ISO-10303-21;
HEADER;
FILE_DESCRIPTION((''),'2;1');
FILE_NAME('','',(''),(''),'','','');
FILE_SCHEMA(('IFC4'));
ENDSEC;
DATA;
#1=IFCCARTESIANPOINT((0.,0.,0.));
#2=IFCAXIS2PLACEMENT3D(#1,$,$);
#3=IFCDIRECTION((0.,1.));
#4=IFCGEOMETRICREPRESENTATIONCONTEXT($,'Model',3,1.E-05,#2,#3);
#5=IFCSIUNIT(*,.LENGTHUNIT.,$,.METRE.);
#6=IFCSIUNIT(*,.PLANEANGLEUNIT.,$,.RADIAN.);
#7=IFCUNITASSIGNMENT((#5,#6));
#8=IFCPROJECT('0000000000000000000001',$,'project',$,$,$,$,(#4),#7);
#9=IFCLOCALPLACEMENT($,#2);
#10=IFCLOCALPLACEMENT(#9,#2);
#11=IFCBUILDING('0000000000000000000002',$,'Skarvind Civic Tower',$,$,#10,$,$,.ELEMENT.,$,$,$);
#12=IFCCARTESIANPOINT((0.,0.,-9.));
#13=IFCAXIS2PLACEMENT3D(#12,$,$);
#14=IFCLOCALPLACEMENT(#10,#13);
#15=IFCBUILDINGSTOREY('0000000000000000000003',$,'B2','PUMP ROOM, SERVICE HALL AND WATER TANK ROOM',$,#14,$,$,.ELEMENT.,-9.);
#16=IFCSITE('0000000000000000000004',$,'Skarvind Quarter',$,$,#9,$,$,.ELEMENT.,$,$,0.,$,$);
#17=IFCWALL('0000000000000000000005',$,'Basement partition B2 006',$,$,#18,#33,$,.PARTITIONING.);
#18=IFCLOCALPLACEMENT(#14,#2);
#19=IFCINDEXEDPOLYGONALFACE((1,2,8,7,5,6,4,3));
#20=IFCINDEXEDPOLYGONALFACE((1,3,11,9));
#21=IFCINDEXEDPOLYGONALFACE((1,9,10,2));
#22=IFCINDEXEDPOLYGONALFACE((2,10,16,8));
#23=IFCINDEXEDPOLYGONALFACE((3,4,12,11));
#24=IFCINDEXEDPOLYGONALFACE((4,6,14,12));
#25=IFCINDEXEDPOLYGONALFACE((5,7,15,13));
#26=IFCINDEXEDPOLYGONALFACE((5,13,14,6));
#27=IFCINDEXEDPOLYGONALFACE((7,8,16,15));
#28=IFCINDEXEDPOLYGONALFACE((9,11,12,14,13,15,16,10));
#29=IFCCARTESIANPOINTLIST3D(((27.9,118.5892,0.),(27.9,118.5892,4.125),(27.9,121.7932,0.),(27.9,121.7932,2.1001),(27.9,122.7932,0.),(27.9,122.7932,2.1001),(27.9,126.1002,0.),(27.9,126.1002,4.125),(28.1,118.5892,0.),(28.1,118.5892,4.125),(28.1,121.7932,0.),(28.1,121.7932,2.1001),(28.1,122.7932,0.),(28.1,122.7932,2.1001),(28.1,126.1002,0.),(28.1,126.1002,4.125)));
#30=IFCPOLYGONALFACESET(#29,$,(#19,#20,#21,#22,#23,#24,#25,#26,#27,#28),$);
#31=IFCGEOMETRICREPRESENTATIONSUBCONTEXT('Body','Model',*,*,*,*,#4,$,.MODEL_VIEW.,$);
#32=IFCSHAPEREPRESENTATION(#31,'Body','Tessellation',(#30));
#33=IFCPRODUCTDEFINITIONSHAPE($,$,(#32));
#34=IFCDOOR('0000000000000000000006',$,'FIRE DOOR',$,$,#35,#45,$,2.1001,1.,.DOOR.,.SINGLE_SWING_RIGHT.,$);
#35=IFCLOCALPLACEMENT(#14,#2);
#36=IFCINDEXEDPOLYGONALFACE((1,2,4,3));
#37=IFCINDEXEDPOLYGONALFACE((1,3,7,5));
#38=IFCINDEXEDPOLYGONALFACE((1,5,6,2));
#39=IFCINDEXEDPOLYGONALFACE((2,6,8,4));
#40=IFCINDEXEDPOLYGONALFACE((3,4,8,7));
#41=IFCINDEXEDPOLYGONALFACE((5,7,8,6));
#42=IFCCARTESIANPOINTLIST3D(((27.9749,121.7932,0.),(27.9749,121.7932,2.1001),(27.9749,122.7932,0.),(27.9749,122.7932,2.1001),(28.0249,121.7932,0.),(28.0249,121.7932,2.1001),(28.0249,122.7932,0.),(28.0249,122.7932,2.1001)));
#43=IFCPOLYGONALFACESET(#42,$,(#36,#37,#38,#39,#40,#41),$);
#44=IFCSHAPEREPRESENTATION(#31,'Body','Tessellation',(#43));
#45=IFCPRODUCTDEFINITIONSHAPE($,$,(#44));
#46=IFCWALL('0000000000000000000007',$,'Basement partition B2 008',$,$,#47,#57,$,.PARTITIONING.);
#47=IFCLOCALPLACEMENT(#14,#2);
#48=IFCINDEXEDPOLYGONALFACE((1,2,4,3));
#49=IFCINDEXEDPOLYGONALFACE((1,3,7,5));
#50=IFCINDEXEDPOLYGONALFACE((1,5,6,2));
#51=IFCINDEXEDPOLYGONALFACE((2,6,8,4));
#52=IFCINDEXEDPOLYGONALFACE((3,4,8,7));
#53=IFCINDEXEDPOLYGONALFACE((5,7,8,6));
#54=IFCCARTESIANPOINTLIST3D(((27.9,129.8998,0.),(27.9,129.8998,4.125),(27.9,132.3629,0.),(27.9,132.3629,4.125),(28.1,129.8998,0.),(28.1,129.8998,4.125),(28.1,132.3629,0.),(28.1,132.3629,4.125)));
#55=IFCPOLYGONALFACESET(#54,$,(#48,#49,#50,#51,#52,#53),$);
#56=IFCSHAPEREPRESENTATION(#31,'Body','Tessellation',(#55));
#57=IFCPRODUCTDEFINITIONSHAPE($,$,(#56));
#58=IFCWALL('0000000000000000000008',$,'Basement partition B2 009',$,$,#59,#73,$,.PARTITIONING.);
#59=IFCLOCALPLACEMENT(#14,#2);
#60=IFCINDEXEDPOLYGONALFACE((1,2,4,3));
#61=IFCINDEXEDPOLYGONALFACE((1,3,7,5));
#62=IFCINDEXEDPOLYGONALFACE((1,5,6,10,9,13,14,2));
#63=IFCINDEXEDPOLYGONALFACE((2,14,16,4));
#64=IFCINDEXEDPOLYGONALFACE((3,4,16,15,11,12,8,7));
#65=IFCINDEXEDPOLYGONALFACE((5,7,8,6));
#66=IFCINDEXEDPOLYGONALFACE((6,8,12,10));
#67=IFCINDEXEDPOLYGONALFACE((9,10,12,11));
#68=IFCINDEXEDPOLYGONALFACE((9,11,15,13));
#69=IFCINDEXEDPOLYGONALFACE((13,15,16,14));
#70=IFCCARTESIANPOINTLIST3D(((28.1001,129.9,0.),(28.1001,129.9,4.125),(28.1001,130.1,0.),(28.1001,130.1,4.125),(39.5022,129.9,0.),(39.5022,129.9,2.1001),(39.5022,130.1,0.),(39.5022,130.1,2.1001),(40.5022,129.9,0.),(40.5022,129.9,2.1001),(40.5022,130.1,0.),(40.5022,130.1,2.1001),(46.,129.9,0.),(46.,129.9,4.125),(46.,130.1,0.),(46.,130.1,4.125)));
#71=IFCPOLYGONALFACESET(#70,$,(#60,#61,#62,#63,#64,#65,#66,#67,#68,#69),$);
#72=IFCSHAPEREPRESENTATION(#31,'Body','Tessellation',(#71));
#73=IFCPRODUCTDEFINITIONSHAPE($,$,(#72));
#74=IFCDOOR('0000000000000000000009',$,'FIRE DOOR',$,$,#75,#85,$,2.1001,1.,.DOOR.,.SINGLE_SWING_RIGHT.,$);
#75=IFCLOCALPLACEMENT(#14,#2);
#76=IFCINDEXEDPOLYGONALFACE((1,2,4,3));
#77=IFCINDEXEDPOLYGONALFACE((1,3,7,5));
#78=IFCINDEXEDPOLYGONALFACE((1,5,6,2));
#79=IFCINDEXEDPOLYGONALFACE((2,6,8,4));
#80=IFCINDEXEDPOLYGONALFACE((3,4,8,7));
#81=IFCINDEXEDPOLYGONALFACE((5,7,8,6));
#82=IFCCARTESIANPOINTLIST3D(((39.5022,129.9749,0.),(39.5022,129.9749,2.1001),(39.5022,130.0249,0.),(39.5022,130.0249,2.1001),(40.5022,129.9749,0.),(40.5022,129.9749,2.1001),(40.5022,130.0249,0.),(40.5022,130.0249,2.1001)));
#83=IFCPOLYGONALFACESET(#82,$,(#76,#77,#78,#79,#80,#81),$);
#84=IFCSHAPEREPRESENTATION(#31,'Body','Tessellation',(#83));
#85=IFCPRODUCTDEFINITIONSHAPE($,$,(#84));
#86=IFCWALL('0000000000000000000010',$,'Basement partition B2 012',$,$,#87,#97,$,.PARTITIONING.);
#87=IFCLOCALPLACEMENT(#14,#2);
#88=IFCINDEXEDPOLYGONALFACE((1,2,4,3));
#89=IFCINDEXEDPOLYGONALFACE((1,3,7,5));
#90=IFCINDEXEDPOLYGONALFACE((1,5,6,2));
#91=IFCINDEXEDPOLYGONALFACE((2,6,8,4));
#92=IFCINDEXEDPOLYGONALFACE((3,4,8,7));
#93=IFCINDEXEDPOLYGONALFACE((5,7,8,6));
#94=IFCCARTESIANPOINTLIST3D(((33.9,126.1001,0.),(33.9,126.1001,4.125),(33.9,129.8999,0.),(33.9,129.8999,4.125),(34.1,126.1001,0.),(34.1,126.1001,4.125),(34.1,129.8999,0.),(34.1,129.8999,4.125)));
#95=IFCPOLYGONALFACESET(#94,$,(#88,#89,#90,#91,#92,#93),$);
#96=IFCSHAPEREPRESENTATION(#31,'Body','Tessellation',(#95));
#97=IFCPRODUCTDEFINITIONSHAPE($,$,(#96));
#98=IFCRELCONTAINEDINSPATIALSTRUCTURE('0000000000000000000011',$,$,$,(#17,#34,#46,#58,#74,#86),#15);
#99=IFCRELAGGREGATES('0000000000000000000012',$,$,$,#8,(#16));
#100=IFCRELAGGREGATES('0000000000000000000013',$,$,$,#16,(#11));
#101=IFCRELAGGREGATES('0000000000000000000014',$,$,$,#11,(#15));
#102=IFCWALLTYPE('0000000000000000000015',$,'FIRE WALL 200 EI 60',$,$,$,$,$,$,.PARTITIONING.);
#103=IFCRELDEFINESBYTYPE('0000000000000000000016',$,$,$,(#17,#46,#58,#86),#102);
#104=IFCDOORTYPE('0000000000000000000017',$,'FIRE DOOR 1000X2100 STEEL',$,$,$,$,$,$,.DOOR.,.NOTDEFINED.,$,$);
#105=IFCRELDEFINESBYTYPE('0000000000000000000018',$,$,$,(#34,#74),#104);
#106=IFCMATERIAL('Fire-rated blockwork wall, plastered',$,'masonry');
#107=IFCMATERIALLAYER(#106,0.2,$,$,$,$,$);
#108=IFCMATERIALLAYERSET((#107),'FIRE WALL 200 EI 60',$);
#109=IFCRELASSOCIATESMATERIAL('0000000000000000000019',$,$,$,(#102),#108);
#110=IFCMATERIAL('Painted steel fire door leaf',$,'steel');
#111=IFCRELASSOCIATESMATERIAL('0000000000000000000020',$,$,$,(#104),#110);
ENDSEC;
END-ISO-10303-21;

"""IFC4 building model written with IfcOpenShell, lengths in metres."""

from ifc_helpers import new_model, si_unit, direction, frame, frame_2d, origin, place, context, subcontext, project, spatial, rectangle, extrude, material, layer, layer_set, type_object, element, fill, save


model = new_model("IFC4")

# Units and contexts
model_context = context("Model", 3, precision=1e-05, world=origin(), true_north=direction((0.0, 1.0)))
body_context = subcontext(model_context, "Body", "Model", "MODEL_VIEW")
ifc_project = project(units=[si_unit("LENGTHUNIT", "METRE"), si_unit("PLANEANGLEUNIT", "RADIAN")], contexts=[model_context])

# Site, building, storey
site_placement = place(None, origin())
site = spatial("IfcSite", under=ifc_project, at=site_placement, Name="Skarvind Quarter", CompositionType="ELEMENT", RefElevation=0.0)
building_placement = place(site_placement, origin())
building = spatial("IfcBuilding", under=site, at=building_placement, Name="Skarvind Civic Tower", CompositionType="ELEMENT")
storey_placement = place(building_placement, frame((0.0, 0.0, -9.0)))
storey = spatial("IfcBuildingStorey", under=building, at=storey_placement, Name="B2", Description="PUMP ROOM, SERVICE HALL AND WATER TANK ROOM", CompositionType="ELEMENT", Elevation=-9.0)

# Wall, opening, door
ifc_material_1 = material(Name="Fire-rated blockwork wall, plastered", Category="masonry")
ifc_layer_1 = layer(ifc_material_1, 0.2)
ifc_layer_set_1 = layer_set([ifc_layer_1], Name="FIRE WALL 200 EI 60")
wall_type_1 = type_object("IfcWallType", Name="FIRE WALL 200 EI 60", PredefinedType="PARTITIONING", material=ifc_layer_set_1)
wall_1_placement = place(storey_placement, frame((28.0, 126.1001, 0.0), z_axis=(0.0, 0.0, 1.0), x_axis=(0.0, -1.0, 0.0)))
wall_1 = element("IfcWall", 1, at=wall_1_placement, inside=storey, type_object=wall_type_1, Name="Basement partition B2 006", PredefinedType="PARTITIONING", context=body_context, shape_type="SweptSolid", body=[
    extrude(rectangle(XDim=7.511, YDim=0.2, at=frame_2d((3.7554, 0.0))), origin(), (0.0, 0.0, 1.0), 4.125),
])
opening_1_placement = place(wall_1_placement, frame((3.3069, 0.0, 0.0)))
opening_1 = element("IfcOpeningElement", 2, at=opening_1_placement, cuts=wall_1, PredefinedType="OPENING", context=body_context, shape_type="SweptSolid", body=[
    extrude(rectangle(XDim=1.0, YDim=2.1001, at=frame_2d((0.5, 1.05))), frame((0.0, 0.1099, 0.0), z_axis=(0.0, -1.0, 0.0), x_axis=(1.0, 0.0, 0.0)), (0.0, 0.0, 1.0), 0.22),
])
ifc_material_2 = material(Name="Painted steel fire door leaf", Category="steel")
door_type = type_object("IfcDoorType", Name="FIRE DOOR 1000X2100 STEEL", OperationType="NOTDEFINED", PredefinedType="DOOR", material=ifc_material_2)
door_1_placement = place(opening_1_placement, origin())
door_1 = element("IfcDoor", 3, at=door_1_placement, inside=storey, type_object=door_type, Name="FIRE DOOR", OperationType="SINGLE_SWING_RIGHT", OverallHeight=2.1001, OverallWidth=1.0, PredefinedType="DOOR", context=body_context, shape_type="SweptSolid", body=[
    extrude(rectangle(XDim=1.0, YDim=2.1001, at=frame_2d((0.5, 1.05))), frame((0.0, 0.0249, 0.0), z_axis=(0.0, -1.0, 0.0), x_axis=(1.0, 0.0, 0.0)), (0.0, 0.0, 1.0), 0.05),
])
fill(opening_1, door_1)

# Wall
wall_2_placement = place(storey_placement, frame((28.0, 129.8999, 0.0), z_axis=(0.0, 0.0, 1.0), x_axis=(0.0, 1.0, 0.0)))
element("IfcWall", 4, at=wall_2_placement, inside=storey, type_object=wall_type_1, Name="Basement partition B2 008", PredefinedType="PARTITIONING", context=body_context, shape_type="SweptSolid", body=[
    extrude(rectangle(XDim=2.4631, YDim=0.2, at=frame_2d((1.2314, 0.0))), origin(), (0.0, 0.0, 1.0), 4.125),
])

# Wall, opening, door
wall_3_placement = place(storey_placement, frame((28.1001, 130.0, 0.0), z_axis=(0.0, 0.0, 1.0), x_axis=(1.0, 0.0, 0.0)))
wall_3 = element("IfcWall", 5, at=wall_3_placement, inside=storey, type_object=wall_type_1, Name="Basement partition B2 009", PredefinedType="PARTITIONING", context=body_context, shape_type="SweptSolid", body=[
    extrude(rectangle(XDim=17.8999, YDim=0.2, at=frame_2d((8.95, 0.0))), origin(), (0.0, 0.0, 1.0), 4.125),
])
opening_2_placement = place(wall_3_placement, frame((11.4021, 0.0, 0.0)))
opening_2 = element("IfcOpeningElement", 6, at=opening_2_placement, cuts=wall_3, PredefinedType="OPENING", context=body_context, shape_type="SweptSolid", body=[
    extrude(rectangle(XDim=1.0, YDim=2.1001, at=frame_2d((0.5, 1.05))), frame((0.0, 0.1099, 0.0), z_axis=(0.0, -1.0, 0.0), x_axis=(1.0, 0.0, 0.0)), (0.0, 0.0, 1.0), 0.22),
])
door_2_placement = place(opening_2_placement, origin())
door_2 = element("IfcDoor", 7, at=door_2_placement, inside=storey, type_object=door_type, Name="FIRE DOOR", OperationType="SINGLE_SWING_RIGHT", OverallHeight=2.1001, OverallWidth=1.0, PredefinedType="DOOR", context=body_context, shape_type="SweptSolid", body=[
    extrude(rectangle(XDim=1.0, YDim=2.1001, at=frame_2d((0.5, 1.05))), frame((0.0, 0.0249, 0.0), z_axis=(0.0, -1.0, 0.0), x_axis=(1.0, 0.0, 0.0)), (0.0, 0.0, 1.0), 0.05),
])
fill(opening_2, door_2)

# Wall
wall_4_placement = place(storey_placement, frame((34.0, 126.1001, 0.0), z_axis=(0.0, 0.0, 1.0), x_axis=(0.0, 1.0, 0.0)))
element("IfcWall", 8, at=wall_4_placement, inside=storey, type_object=wall_type_1, Name="Basement partition B2 012", PredefinedType="PARTITIONING", context=body_context, shape_type="SweptSolid", body=[
    extrude(rectangle(XDim=3.7998, YDim=0.2, at=frame_2d((1.8999, 0.0))), origin(), (0.0, 0.0, 1.0), 4.125),
])

save(model, "model.ifc")
